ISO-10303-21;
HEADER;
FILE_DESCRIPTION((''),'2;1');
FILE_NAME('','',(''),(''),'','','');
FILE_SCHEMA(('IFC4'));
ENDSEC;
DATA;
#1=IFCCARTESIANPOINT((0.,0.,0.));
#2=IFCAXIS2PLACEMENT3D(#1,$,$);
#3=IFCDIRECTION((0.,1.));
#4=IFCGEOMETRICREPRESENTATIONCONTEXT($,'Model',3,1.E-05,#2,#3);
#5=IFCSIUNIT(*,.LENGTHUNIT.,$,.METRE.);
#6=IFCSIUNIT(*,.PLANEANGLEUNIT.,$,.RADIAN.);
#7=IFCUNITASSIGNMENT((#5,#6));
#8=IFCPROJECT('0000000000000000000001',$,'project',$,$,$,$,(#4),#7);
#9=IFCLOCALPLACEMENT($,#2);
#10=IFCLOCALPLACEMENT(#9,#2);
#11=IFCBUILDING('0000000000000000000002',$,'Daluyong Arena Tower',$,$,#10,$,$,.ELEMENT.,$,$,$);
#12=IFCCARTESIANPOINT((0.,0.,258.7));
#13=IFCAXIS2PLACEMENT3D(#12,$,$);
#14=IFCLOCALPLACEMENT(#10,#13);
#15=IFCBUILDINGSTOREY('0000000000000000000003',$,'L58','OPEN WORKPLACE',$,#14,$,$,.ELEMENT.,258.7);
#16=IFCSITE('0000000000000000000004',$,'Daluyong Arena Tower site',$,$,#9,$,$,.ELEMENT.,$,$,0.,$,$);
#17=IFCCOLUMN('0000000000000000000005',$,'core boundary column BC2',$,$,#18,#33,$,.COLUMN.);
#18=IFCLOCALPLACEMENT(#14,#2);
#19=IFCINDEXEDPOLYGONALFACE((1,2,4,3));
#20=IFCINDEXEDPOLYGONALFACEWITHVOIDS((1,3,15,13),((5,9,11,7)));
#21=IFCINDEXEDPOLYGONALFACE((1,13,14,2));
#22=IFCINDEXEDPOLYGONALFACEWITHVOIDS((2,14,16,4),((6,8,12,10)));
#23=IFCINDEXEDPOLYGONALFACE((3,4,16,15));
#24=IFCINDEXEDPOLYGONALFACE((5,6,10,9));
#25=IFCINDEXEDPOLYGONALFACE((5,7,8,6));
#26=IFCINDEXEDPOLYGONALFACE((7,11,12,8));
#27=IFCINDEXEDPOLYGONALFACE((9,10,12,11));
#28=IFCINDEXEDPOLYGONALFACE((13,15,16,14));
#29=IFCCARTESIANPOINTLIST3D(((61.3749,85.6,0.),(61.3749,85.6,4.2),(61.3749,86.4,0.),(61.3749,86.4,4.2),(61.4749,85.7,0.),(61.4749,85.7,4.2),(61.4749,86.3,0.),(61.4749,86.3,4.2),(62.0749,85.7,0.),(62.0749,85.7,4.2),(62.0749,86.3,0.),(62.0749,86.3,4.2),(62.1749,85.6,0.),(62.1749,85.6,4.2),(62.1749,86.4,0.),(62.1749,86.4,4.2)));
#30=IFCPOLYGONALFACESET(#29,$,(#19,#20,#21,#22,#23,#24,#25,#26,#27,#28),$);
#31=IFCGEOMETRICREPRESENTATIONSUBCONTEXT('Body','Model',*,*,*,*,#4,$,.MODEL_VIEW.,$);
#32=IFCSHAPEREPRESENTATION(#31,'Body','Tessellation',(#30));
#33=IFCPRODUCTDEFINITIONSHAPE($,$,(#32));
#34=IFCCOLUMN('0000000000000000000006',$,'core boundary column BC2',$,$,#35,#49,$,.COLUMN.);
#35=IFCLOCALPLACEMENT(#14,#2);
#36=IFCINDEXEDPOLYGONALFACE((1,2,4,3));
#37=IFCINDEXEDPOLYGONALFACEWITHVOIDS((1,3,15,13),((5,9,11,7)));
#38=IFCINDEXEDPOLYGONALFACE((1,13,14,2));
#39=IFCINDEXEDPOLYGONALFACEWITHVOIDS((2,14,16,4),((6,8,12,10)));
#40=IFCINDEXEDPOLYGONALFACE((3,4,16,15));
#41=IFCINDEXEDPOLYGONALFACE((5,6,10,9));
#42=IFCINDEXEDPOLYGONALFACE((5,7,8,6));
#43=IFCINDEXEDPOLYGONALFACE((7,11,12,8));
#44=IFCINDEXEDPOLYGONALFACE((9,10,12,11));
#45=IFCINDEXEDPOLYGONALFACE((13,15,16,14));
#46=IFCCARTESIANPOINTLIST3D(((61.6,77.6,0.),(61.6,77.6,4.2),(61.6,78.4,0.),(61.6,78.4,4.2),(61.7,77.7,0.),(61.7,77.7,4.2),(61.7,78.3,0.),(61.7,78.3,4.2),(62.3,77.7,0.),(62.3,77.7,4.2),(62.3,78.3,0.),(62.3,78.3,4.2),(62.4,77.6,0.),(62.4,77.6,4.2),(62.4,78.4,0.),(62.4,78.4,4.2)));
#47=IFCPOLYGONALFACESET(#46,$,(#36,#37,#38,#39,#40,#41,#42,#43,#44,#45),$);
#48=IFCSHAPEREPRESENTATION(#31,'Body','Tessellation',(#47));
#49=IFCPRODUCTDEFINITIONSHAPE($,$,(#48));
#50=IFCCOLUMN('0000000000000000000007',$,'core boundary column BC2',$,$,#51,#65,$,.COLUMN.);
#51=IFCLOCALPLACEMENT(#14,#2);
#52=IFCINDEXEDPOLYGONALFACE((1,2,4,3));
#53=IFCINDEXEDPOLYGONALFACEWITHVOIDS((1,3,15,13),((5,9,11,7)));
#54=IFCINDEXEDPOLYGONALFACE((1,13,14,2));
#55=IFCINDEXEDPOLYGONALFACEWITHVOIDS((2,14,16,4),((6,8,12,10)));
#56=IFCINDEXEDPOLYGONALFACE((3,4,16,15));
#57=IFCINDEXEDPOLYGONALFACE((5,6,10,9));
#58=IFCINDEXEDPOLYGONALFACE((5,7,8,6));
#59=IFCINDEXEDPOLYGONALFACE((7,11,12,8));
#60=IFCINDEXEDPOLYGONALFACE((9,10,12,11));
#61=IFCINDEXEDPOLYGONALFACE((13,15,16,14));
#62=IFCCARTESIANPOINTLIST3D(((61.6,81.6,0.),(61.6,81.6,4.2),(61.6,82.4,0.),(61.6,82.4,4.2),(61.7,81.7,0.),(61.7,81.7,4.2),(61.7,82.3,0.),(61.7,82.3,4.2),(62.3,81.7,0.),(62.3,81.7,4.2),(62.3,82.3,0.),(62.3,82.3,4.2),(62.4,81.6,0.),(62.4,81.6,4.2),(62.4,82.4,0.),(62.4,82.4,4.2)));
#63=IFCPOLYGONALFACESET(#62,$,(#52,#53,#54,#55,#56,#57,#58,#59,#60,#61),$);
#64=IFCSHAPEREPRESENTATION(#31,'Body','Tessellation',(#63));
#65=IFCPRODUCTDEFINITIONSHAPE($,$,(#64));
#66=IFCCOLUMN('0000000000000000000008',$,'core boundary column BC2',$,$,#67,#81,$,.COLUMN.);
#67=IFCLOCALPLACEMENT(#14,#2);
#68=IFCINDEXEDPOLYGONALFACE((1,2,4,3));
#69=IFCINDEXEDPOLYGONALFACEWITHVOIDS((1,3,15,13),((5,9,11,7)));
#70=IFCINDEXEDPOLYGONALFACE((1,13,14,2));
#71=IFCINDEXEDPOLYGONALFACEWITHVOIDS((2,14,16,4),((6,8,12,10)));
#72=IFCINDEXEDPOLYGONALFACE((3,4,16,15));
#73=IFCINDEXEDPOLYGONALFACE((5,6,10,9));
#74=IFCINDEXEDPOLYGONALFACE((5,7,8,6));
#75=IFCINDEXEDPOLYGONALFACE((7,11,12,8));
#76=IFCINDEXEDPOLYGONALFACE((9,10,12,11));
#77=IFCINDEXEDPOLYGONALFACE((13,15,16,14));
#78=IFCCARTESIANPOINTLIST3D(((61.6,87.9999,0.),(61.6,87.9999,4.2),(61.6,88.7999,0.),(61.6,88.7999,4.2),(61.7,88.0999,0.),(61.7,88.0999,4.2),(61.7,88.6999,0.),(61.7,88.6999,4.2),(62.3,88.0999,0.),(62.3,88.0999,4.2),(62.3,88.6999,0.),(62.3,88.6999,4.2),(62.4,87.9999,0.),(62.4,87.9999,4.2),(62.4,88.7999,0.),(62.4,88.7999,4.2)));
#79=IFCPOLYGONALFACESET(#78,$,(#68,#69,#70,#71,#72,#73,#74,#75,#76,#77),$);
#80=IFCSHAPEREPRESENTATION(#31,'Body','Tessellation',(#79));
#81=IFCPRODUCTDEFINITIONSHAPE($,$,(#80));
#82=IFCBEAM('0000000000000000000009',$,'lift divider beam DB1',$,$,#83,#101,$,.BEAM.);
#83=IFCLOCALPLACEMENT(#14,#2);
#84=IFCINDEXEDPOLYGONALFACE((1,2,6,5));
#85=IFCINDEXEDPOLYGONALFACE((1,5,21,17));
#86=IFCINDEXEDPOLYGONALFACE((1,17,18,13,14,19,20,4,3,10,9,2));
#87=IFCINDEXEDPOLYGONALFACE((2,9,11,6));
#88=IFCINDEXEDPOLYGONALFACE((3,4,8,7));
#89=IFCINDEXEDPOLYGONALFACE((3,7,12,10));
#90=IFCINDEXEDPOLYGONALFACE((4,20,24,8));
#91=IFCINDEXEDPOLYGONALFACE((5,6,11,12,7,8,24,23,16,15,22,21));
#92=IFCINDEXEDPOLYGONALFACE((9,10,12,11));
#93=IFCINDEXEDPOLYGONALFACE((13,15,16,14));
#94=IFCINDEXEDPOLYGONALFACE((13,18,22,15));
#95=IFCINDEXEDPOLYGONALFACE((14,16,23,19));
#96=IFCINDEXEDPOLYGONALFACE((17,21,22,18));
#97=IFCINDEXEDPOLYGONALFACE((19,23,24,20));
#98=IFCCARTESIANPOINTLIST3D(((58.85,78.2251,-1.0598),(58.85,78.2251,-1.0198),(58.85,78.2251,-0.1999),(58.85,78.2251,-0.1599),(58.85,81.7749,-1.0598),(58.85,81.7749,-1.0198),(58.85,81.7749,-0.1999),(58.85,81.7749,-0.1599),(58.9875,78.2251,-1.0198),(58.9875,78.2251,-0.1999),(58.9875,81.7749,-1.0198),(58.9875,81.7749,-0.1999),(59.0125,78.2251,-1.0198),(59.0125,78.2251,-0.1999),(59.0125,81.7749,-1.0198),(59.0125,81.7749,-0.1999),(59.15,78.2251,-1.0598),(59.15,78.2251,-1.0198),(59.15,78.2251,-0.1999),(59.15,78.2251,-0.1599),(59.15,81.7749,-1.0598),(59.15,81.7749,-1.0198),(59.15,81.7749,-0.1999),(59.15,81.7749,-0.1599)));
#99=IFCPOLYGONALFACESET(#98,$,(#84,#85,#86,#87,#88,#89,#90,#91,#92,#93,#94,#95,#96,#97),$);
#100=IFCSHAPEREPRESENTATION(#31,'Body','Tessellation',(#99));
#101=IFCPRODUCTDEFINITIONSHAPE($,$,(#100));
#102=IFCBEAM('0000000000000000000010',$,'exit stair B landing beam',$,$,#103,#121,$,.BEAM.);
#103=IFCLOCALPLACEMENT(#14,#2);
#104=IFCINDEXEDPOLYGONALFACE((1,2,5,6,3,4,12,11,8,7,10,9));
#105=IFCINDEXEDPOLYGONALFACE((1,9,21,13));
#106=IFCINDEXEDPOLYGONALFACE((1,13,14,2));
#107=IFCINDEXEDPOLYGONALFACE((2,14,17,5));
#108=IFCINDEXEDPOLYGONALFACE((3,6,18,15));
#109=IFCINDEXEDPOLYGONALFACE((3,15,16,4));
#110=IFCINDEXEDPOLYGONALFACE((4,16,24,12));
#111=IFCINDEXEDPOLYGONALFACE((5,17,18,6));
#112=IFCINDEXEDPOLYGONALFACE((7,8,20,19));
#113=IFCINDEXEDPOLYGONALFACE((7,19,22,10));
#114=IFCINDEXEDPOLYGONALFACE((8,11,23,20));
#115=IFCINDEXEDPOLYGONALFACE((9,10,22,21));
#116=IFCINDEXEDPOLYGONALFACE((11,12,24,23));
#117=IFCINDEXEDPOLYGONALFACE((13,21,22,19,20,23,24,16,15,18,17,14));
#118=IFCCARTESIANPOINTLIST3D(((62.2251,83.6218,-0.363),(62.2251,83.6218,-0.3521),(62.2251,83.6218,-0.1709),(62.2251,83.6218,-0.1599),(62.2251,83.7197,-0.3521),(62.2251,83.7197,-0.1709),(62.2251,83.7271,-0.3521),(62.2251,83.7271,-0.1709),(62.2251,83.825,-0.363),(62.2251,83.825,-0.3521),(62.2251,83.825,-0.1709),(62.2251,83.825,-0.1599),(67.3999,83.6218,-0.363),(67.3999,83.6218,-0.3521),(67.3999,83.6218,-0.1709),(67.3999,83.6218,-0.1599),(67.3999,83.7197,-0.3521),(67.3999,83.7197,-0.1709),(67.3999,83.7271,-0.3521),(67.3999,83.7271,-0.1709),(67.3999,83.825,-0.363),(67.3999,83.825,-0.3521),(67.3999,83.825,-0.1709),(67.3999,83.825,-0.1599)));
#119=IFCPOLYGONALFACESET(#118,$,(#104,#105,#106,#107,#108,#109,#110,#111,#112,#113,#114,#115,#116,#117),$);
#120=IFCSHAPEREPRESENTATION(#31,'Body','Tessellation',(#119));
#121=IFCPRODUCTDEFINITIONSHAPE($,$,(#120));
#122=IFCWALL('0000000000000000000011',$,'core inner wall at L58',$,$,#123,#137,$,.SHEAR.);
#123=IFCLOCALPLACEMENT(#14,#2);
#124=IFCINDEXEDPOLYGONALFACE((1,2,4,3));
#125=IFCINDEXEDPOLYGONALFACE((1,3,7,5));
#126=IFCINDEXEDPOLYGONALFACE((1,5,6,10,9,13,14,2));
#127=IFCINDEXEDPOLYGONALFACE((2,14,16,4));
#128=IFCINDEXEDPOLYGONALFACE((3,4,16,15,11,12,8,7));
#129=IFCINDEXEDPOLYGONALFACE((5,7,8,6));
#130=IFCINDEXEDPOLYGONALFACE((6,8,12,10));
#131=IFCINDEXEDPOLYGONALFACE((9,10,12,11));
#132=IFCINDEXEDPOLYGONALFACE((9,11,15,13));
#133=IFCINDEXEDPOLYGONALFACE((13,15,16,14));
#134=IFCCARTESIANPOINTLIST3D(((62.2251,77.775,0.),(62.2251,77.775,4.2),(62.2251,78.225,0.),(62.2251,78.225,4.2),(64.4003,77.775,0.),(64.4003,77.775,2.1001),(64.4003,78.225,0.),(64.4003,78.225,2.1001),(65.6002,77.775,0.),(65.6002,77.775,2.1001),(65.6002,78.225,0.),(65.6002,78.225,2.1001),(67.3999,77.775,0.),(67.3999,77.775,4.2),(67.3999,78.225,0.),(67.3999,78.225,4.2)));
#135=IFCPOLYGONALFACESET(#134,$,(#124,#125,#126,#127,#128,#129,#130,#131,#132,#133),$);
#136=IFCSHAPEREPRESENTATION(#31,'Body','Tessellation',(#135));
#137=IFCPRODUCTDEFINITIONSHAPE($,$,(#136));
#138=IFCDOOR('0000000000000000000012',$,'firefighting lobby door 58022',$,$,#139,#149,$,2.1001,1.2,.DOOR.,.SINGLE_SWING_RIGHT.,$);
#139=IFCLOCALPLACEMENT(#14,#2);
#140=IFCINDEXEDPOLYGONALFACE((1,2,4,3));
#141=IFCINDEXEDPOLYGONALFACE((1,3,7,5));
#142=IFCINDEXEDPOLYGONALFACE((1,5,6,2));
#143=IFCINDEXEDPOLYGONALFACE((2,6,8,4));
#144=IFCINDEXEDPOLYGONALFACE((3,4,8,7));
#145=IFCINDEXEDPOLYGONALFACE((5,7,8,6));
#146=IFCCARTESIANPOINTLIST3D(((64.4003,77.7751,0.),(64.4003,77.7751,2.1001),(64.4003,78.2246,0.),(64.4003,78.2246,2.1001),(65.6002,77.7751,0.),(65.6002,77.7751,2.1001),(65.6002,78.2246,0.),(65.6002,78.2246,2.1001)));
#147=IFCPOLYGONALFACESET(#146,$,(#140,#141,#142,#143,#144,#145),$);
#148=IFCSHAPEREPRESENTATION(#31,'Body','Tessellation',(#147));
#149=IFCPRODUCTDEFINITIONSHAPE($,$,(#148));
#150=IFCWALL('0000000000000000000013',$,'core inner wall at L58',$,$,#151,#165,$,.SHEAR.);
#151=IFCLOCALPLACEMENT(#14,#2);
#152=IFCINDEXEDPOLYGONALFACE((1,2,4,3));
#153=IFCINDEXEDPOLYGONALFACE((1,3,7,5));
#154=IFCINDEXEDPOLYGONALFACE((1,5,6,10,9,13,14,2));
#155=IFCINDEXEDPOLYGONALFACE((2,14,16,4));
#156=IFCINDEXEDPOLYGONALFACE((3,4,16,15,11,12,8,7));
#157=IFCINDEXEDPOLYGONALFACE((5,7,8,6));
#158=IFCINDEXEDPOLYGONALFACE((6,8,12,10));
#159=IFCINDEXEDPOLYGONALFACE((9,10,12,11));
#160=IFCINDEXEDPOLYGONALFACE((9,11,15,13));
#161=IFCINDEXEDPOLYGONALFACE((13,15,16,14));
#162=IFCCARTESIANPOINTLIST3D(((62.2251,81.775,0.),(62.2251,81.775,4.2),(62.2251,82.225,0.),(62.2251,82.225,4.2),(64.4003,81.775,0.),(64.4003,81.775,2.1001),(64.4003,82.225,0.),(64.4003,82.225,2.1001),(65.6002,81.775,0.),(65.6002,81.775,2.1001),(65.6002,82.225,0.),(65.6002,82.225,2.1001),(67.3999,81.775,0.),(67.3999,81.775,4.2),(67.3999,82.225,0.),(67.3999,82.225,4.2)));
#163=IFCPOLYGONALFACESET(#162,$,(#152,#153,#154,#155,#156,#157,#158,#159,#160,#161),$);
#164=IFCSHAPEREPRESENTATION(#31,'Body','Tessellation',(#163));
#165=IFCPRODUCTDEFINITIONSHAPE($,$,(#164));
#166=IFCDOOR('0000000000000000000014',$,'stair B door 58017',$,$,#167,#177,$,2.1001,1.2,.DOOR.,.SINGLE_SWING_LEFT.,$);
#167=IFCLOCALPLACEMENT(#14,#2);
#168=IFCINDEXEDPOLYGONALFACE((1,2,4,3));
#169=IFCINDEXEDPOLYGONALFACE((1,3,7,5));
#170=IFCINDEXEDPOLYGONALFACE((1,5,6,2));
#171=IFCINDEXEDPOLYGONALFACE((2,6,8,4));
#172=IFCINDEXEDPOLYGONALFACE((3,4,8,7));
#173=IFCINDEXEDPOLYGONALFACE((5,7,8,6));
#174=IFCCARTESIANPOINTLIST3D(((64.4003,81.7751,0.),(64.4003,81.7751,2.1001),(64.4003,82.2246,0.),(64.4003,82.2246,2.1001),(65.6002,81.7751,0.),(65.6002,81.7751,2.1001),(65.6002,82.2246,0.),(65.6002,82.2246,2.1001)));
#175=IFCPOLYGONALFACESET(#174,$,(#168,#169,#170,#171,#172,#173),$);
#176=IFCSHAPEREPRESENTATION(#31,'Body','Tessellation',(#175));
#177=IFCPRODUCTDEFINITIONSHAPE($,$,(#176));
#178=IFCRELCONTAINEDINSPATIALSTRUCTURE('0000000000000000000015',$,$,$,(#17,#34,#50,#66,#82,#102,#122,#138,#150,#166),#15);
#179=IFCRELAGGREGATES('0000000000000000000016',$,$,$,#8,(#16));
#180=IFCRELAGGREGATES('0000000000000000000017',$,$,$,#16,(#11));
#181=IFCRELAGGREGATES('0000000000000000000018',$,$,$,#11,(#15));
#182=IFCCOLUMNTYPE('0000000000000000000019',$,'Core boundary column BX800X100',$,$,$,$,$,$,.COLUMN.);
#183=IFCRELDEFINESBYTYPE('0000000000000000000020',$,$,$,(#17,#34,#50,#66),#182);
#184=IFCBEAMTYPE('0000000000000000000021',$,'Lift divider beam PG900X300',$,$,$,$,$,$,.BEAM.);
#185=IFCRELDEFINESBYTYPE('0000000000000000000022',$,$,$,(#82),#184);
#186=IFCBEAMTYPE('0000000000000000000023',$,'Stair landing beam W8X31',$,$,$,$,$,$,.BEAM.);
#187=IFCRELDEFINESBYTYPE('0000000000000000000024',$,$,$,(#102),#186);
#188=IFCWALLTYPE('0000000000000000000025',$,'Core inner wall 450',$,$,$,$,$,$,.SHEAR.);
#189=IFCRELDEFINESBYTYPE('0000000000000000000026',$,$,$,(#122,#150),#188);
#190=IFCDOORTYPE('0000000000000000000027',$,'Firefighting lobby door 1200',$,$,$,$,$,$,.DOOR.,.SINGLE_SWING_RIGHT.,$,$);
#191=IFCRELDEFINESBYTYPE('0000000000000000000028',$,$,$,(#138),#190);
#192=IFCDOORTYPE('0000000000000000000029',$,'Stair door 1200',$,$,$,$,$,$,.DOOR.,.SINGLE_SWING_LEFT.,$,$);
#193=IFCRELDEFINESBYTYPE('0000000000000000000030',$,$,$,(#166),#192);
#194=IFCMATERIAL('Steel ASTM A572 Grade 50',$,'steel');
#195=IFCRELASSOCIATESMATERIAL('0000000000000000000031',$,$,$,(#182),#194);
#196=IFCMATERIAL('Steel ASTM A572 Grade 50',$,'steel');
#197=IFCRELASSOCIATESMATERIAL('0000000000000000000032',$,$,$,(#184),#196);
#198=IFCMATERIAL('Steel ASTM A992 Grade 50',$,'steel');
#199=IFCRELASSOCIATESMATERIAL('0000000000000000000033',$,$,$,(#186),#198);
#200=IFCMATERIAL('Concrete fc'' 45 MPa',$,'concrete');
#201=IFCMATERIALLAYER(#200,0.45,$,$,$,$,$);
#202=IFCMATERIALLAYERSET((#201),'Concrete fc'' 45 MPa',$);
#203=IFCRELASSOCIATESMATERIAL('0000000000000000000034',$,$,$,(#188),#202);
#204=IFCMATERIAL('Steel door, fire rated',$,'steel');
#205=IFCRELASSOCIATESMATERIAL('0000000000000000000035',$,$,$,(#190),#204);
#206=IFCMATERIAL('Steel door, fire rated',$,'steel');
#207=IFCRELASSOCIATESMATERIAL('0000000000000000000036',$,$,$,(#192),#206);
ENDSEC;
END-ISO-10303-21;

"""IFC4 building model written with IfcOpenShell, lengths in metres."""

from ifc_helpers import new_model, si_unit, direction, frame, frame_2d, origin, origin_2d, place, context, subcontext, project, spatial, rectangle, hollow_rectangle, i_section, extrude, material, layer, layer_set, material_profile, profile_set, type_object, element, fill, save


model = new_model("IFC4")

# Units and contexts
model_context = context("Model", 3, precision=1e-05, world=origin(), true_north=direction((0.0, 1.0)))
body_context = subcontext(model_context, "Body", "Model", "MODEL_VIEW")
ifc_project = project(units=[si_unit("LENGTHUNIT", "METRE"), si_unit("PLANEANGLEUNIT", "RADIAN")], contexts=[model_context])

# Site, building, storey
site_placement = place(None, origin())
site = spatial("IfcSite", under=ifc_project, at=site_placement, Name="Daluyong Arena Tower site", CompositionType="ELEMENT", RefElevation=0.0)
building_placement = place(site_placement, origin())
building = spatial("IfcBuilding", under=site, at=building_placement, Name="Daluyong Arena Tower", CompositionType="ELEMENT")
storey_placement = place(building_placement, frame((0.0, 0.0, 258.7)))
storey = spatial("IfcBuildingStorey", under=building, at=storey_placement, Name="L58", Description="OPEN WORKPLACE", CompositionType="ELEMENT", Elevation=258.7)

# Columns
ifc_material_1 = material(Name="Steel ASTM A572 Grade 50", Category="steel")
ifc_material_profile_1 = material_profile(ifc_material_1, hollow_rectangle(XDim=0.8, YDim=0.8, WallThickness=0.1, at=origin_2d()))
ifc_profile_set_1 = profile_set([ifc_material_profile_1], Name="Steel ASTM A572 Grade 50")
column_type = type_object("IfcColumnType", Name="Core boundary column BX800X100", PredefinedType="COLUMN", material=ifc_profile_set_1)
for number, where, z_axis, x_axis, name in (
    (1, (61.7749, 86.0, 0.0), (0.0, 0.0, 1.0), (1.0, 0.0, 0.0), "core boundary column BC2"),
    (2, (62.0, 78.0, 0.0), (0.0, 0.0, 1.0), (1.0, 0.0, 0.0), "core boundary column BC2"),
    (3, (62.0, 82.0, 0.0), (0.0, 0.0, 1.0), (1.0, 0.0, 0.0), "core boundary column BC2"),
    (4, (62.0, 88.3999, 0.0), (0.0, 0.0, 1.0), (1.0, 0.0, 0.0), "core boundary column BC2"),
):
    element("IfcColumn", number, at=place(storey_placement, frame(where, z_axis=z_axis, x_axis=x_axis)), inside=storey, type_object=column_type, Name=name, PredefinedType="COLUMN", context=body_context, shape_type="SweptSolid", body=[
        extrude(hollow_rectangle(XDim=0.8, YDim=0.8, WallThickness=0.1, at=origin_2d()), origin(), (0.0, 0.0, 1.0), 4.2),
    ])

# Beams
ifc_material_2 = material(Name="Steel ASTM A572 Grade 50", Category="steel")
ifc_material_profile_2 = material_profile(ifc_material_2, i_section(OverallWidth=0.3, OverallDepth=0.8999, WebThickness=0.025, FlangeThickness=0.04, at=origin_2d()))
ifc_profile_set_2 = profile_set([ifc_material_profile_2], Name="Steel ASTM A572 Grade 50")
beam_type_1 = type_object("IfcBeamType", Name="Lift divider beam PG900X300", PredefinedType="BEAM", material=ifc_profile_set_2)
beam_1_placement = place(storey_placement, frame((59.0, 78.2251, -0.6099), z_axis=(0.0, 1.0, 0.0), x_axis=(-1.0, 0.0, 0.0)))
element("IfcBeam", 5, at=beam_1_placement, inside=storey, type_object=beam_type_1, Name="lift divider beam DB1", PredefinedType="BEAM", context=body_context, shape_type="SweptSolid", body=[
    extrude(i_section(OverallWidth=0.3, OverallDepth=0.8999, WebThickness=0.025, FlangeThickness=0.04, at=origin_2d()), origin(), (0.0, 0.0, 1.0), 3.5498),
])
ifc_material_3 = material(Name="Steel ASTM A992 Grade 50", Category="steel")
ifc_material_profile_3 = material_profile(ifc_material_3, i_section(OverallWidth=0.2031, OverallDepth=0.2031, WebThickness=0.0073, FlangeThickness=0.011, at=origin_2d()))
ifc_profile_set_3 = profile_set([ifc_material_profile_3], Name="Steel ASTM A992 Grade 50")
beam_type_2 = type_object("IfcBeamType", Name="Stair landing beam W8X31", PredefinedType="BEAM", material=ifc_profile_set_3)
beam_2_placement = place(storey_placement, frame((62.2251, 83.7234, -0.2615), z_axis=(1.0, 0.0, 0.0), x_axis=(0.0, 1.0, 0.0)))
element("IfcBeam", 6, at=beam_2_placement, inside=storey, type_object=beam_type_2, Name="exit stair B landing beam", PredefinedType="BEAM", context=body_context, shape_type="SweptSolid", body=[
    extrude(i_section(OverallWidth=0.2031, OverallDepth=0.2031, WebThickness=0.0073, FlangeThickness=0.011, at=origin_2d()), origin(), (0.0, 0.0, 1.0), 5.1748),
])

# Walls, openings, doors
ifc_material_4 = material(Name="Concrete fc' 45 MPa", Category="concrete")
ifc_layer_1 = layer(ifc_material_4, 0.45)
ifc_layer_set_1 = layer_set([ifc_layer_1], Name="Concrete fc' 45 MPa")
wall_type_1 = type_object("IfcWallType", Name="Core inner wall 450", PredefinedType="SHEAR", material=ifc_layer_set_1)
wall_1_placement = place(storey_placement, frame((62.2251, 78.0, 0.0), z_axis=(0.0, 0.0, 1.0), x_axis=(1.0, 0.0, 0.0)))
wall_1 = element("IfcWall", 7, at=wall_1_placement, inside=storey, type_object=wall_type_1, Name="core inner wall at L58", PredefinedType="SHEAR", context=body_context, shape_type="SweptSolid", body=[
    extrude(rectangle(XDim=5.1748, YDim=0.45, at=frame_2d((2.5874, 0.0))), origin(), (0.0, 0.0, 1.0), 4.2),
])
opening_1_placement = place(wall_1_placement, frame((2.175, 0.0, 0.0)))
opening_1 = element("IfcOpeningElement", 8, at=opening_1_placement, cuts=wall_1, PredefinedType="OPENING", context=body_context, shape_type="SweptSolid", body=[
    extrude(rectangle(XDim=1.2, YDim=2.1001, at=frame_2d((0.6001, 1.05))), frame((0.0, 0.2349, 0.0), z_axis=(0.0, -1.0, 0.0), x_axis=(1.0, 0.0, 0.0)), (0.0, 0.0, 1.0), 0.47),
])
ifc_material_5 = material(Name="Steel door, fire rated", Category="steel")
door_type_1 = type_object("IfcDoorType", Name="Firefighting lobby door 1200", OperationType="SINGLE_SWING_RIGHT", PredefinedType="DOOR", material=ifc_material_5)
door_1_placement = place(opening_1_placement, origin())
door_1 = element("IfcDoor", 9, at=door_1_placement, inside=storey, type_object=door_type_1, Name="firefighting lobby door 58022", OperationType="SINGLE_SWING_RIGHT", OverallHeight=2.1001, OverallWidth=1.2, PredefinedType="DOOR", context=body_context, shape_type="SweptSolid", body=[
    extrude(rectangle(XDim=1.2, YDim=2.1001, at=frame_2d((0.6001, 1.05))), frame((0.0, 0.2246, 0.0), z_axis=(0.0, -1.0, 0.0), x_axis=(1.0, 0.0, 0.0)), (0.0, 0.0, 1.0), 0.4495),
])
fill(opening_1, door_1)
wall_2_placement = place(storey_placement, frame((62.2251, 82.0, 0.0), z_axis=(0.0, 0.0, 1.0), x_axis=(1.0, 0.0, 0.0)))
wall_2 = element("IfcWall", 10, at=wall_2_placement, inside=storey, type_object=wall_type_1, Name="core inner wall at L58", PredefinedType="SHEAR", context=body_context, shape_type="SweptSolid", body=[
    extrude(rectangle(XDim=5.1748, YDim=0.45, at=frame_2d((2.5874, 0.0))), origin(), (0.0, 0.0, 1.0), 4.2),
])
opening_2_placement = place(wall_2_placement, frame((2.175, 0.0, 0.0)))
opening_2 = element("IfcOpeningElement", 11, at=opening_2_placement, cuts=wall_2, PredefinedType="OPENING", context=body_context, shape_type="SweptSolid", body=[
    extrude(rectangle(XDim=1.2, YDim=2.1001, at=frame_2d((0.6001, 1.05))), frame((0.0, 0.2349, 0.0), z_axis=(0.0, -1.0, 0.0), x_axis=(1.0, 0.0, 0.0)), (0.0, 0.0, 1.0), 0.47),
])
ifc_material_6 = material(Name="Steel door, fire rated", Category="steel")
door_type_2 = type_object("IfcDoorType", Name="Stair door 1200", OperationType="SINGLE_SWING_LEFT", PredefinedType="DOOR", material=ifc_material_6)
door_2_placement = place(opening_2_placement, origin())
door_2 = element("IfcDoor", 12, at=door_2_placement, inside=storey, type_object=door_type_2, Name="stair B door 58017", OperationType="SINGLE_SWING_LEFT", OverallHeight=2.1001, OverallWidth=1.2, PredefinedType="DOOR", context=body_context, shape_type="SweptSolid", body=[
    extrude(rectangle(XDim=1.2, YDim=2.1001, at=frame_2d((0.6001, 1.05))), frame((0.0, 0.2246, 0.0), z_axis=(0.0, -1.0, 0.0), x_axis=(1.0, 0.0, 0.0)), (0.0, 0.0, 1.0), 0.4495),
])
fill(opening_2, door_2)

save(model, "model.ifc")
